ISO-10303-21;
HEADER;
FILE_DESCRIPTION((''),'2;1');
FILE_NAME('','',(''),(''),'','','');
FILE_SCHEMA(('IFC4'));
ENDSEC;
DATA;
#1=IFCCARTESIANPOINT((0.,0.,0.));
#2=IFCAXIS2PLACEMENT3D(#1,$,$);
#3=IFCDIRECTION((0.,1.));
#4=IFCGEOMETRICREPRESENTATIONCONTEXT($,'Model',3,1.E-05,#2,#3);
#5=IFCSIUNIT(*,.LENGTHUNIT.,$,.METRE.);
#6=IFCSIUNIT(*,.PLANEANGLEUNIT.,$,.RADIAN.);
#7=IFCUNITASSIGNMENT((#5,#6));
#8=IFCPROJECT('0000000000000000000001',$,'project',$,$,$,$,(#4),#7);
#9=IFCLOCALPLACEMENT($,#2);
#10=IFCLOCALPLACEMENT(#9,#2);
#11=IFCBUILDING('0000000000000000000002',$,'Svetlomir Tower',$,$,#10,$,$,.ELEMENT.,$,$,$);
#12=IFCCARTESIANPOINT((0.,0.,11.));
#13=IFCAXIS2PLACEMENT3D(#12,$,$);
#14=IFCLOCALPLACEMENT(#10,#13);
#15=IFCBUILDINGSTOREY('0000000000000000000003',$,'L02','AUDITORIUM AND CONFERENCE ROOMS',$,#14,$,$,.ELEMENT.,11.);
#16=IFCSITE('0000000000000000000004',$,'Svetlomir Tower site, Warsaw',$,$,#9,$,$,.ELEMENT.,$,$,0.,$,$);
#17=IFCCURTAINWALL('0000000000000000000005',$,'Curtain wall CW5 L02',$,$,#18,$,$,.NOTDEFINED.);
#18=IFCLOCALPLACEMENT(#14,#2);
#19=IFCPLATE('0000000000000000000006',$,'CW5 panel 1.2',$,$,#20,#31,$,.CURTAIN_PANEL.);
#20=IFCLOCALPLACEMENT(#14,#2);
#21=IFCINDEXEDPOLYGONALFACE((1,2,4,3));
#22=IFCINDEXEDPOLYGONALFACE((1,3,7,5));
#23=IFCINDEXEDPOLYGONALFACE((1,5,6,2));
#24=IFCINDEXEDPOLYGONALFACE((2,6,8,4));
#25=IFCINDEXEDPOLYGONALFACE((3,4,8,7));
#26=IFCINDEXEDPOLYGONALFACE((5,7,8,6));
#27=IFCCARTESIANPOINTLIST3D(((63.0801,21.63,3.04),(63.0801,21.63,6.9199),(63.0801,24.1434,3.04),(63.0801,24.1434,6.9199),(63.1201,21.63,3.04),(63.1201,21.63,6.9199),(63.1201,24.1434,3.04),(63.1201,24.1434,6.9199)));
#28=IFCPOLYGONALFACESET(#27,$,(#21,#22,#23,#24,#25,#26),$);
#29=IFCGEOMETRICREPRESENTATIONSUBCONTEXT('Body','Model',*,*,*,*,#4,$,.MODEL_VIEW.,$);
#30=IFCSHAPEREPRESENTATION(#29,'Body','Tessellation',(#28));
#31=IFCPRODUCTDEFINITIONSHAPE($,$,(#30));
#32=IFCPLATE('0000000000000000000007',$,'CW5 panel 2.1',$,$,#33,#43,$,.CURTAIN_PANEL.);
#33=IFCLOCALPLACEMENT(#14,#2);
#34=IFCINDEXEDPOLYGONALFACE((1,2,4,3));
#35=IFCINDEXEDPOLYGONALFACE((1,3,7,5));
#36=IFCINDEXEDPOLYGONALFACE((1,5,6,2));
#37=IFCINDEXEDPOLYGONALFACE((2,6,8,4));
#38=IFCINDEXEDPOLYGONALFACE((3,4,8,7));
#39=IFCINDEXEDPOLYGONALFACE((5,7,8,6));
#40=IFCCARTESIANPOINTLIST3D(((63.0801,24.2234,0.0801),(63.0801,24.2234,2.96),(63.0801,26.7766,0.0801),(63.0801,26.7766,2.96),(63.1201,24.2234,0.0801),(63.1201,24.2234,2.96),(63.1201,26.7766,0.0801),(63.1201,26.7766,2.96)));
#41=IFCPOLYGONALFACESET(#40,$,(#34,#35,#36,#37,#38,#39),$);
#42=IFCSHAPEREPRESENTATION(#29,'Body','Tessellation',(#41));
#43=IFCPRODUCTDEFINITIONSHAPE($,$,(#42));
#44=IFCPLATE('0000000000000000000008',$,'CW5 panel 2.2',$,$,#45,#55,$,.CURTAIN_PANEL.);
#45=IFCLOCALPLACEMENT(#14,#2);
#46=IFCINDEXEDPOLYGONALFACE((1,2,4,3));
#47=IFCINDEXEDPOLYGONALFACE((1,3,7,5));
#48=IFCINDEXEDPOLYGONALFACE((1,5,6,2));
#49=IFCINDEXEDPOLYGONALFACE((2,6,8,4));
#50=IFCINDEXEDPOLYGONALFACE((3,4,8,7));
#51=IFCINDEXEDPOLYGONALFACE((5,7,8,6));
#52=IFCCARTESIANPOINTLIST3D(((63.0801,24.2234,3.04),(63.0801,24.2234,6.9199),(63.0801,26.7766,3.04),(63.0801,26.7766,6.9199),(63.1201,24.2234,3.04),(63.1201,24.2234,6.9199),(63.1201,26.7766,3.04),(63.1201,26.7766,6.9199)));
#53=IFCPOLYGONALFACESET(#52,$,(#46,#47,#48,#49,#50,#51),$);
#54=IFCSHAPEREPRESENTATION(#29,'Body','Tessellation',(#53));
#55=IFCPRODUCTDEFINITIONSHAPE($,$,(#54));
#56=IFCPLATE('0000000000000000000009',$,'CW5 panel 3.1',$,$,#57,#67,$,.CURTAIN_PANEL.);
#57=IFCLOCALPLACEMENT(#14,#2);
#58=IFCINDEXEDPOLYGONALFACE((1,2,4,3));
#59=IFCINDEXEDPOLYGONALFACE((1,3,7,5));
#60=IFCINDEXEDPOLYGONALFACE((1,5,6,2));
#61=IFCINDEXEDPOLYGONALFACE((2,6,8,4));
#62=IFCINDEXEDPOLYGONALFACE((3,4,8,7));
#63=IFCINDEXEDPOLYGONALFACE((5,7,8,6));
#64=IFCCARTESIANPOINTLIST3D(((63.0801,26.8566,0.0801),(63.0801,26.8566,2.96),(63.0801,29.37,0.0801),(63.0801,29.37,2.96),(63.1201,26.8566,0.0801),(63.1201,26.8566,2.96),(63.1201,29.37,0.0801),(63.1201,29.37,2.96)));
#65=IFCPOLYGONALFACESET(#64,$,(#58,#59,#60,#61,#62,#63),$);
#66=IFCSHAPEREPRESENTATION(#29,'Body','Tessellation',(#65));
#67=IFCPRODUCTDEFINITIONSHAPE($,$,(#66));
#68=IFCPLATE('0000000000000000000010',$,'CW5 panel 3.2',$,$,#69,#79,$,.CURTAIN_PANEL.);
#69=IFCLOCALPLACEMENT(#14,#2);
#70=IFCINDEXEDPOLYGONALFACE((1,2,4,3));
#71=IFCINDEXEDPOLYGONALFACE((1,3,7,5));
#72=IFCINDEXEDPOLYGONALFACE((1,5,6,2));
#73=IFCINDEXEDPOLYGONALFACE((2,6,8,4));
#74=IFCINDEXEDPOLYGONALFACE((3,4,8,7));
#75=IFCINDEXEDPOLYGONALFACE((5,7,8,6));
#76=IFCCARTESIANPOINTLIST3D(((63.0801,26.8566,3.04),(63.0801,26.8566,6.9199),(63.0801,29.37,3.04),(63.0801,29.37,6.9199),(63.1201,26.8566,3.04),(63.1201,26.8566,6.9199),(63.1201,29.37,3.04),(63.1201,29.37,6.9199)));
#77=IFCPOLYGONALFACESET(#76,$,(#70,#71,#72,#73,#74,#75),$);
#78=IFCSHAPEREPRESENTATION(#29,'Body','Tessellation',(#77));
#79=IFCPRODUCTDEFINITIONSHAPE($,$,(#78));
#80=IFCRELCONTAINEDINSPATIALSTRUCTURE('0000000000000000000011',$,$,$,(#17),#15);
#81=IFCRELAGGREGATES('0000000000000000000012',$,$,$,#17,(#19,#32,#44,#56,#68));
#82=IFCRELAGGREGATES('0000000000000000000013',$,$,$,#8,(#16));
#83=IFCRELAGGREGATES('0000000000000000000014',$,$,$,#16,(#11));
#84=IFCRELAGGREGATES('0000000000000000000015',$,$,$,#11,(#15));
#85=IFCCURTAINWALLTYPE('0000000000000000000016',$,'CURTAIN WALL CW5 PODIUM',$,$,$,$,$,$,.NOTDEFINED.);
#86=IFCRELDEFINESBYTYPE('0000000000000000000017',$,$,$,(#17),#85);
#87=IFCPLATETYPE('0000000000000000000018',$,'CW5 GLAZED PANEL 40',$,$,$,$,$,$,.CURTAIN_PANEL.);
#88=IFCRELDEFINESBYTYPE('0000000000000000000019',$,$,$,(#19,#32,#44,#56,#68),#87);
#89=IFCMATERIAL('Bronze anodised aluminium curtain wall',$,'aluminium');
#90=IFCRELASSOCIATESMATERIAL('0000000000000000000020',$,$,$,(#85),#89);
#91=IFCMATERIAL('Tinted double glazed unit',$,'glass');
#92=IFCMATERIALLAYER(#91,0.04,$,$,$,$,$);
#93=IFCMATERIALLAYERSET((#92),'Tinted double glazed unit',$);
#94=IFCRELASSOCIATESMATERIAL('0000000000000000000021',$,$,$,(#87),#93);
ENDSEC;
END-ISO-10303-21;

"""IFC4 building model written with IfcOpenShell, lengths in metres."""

from ifc_helpers import new_model, si_unit, direction, frame, origin, origin_2d, place, context, subcontext, project, spatial, rectangle, extrude, material, layer, layer_set, type_object, element, aggregate, save


model = new_model("IFC4")

# Units and contexts
model_context = context("Model", 3, precision=1e-05, world=origin(), true_north=direction((0.0, 1.0)))
body_context = subcontext(model_context, "Body", "Model", "MODEL_VIEW")
ifc_project = project(units=[si_unit("LENGTHUNIT", "METRE"), si_unit("PLANEANGLEUNIT", "RADIAN")], contexts=[model_context])

# Site, building, storey
site_placement = place(None, origin())
site = spatial("IfcSite", under=ifc_project, at=site_placement, Name="Svetlomir Tower site, Warsaw", CompositionType="ELEMENT", RefElevation=0.0)
building_placement = place(site_placement, origin())
building = spatial("IfcBuilding", under=site, at=building_placement, Name="Svetlomir Tower", CompositionType="ELEMENT")
storey_placement = place(building_placement, frame((0.0, 0.0, 11.0)))
storey = spatial("IfcBuildingStorey", under=building, at=storey_placement, Name="L02", Description="AUDITORIUM AND CONFERENCE ROOMS", CompositionType="ELEMENT", Elevation=11.0)

# Curtain wall
ifc_material_1 = material(Name="Bronze anodised aluminium curtain wall", Category="aluminium")
curtain_wall_type = type_object("IfcCurtainWallType", Name="CURTAIN WALL CW5 PODIUM", PredefinedType="NOTDEFINED", material=ifc_material_1)
curtain_wall_placement = place(storey_placement, origin())
curtain_wall = element("IfcCurtainWall", 1, at=curtain_wall_placement, inside=storey, type_object=curtain_wall_type, Name="Curtain wall CW5 L02", PredefinedType="NOTDEFINED")

# Plates
ifc_material_2 = material(Name="Tinted double glazed unit", Category="glass")
ifc_layer = layer(ifc_material_2, 0.04)
ifc_layer_set = layer_set([ifc_layer], Name="Tinted double glazed unit")
plate_type = type_object("IfcPlateType", Name="CW5 GLAZED PANEL 40", PredefinedType="CURTAIN_PANEL", material=ifc_layer_set)
plate_1_placement = place(storey_placement, frame((63.1001, 22.8867, 3.04), z_axis=(0.0, 0.0, 1.0), x_axis=(0.0, 1.0, 0.0)))
plate_1 = element("IfcPlate", 2, at=plate_1_placement, type_object=plate_type, Name="CW5 panel 1.2", PredefinedType="CURTAIN_PANEL", context=body_context, shape_type="SweptSolid", body=[
    extrude(rectangle(XDim=2.5134, YDim=0.04, at=origin_2d()), origin(), (0.0, 0.0, 1.0), 3.8799),
])
plate_2_placement = place(storey_placement, frame((63.1001, 25.5, 0.0801), z_axis=(0.0, 0.0, 1.0), x_axis=(0.0, 1.0, 0.0)))
plate_2 = element("IfcPlate", 3, at=plate_2_placement, type_object=plate_type, Name="CW5 panel 2.1", PredefinedType="CURTAIN_PANEL", context=body_context, shape_type="SweptSolid", body=[
    extrude(rectangle(XDim=2.5532, YDim=0.04, at=origin_2d()), origin(), (0.0, 0.0, 1.0), 2.8799),
])
plate_3_placement = place(storey_placement, frame((63.1001, 25.5, 3.04), z_axis=(0.0, 0.0, 1.0), x_axis=(0.0, 1.0, 0.0)))
plate_3 = element("IfcPlate", 4, at=plate_3_placement, type_object=plate_type, Name="CW5 panel 2.2", PredefinedType="CURTAIN_PANEL", context=body_context, shape_type="SweptSolid", body=[
    extrude(rectangle(XDim=2.5532, YDim=0.04, at=origin_2d()), origin(), (0.0, 0.0, 1.0), 3.8799),
])
plate_4_placement = place(storey_placement, frame((63.1001, 28.1133, 0.0801), z_axis=(0.0, 0.0, 1.0), x_axis=(0.0, 1.0, 0.0)))
plate_4 = element("IfcPlate", 5, at=plate_4_placement, type_object=plate_type, Name="CW5 panel 3.1", PredefinedType="CURTAIN_PANEL", context=body_context, shape_type="SweptSolid", body=[
    extrude(rectangle(XDim=2.5134, YDim=0.04, at=origin_2d()), origin(), (0.0, 0.0, 1.0), 2.8799),
])
plate_5_placement = place(storey_placement, frame((63.1001, 28.1133, 3.04), z_axis=(0.0, 0.0, 1.0), x_axis=(0.0, 1.0, 0.0)))
plate_5 = element("IfcPlate", 6, at=plate_5_placement, type_object=plate_type, Name="CW5 panel 3.2", PredefinedType="CURTAIN_PANEL", context=body_context, shape_type="SweptSolid", body=[
    extrude(rectangle(XDim=2.5134, YDim=0.04, at=origin_2d()), origin(), (0.0, 0.0, 1.0), 3.8799),
])
aggregate(curtain_wall, [plate_1, plate_2, plate_3, plate_4, plate_5])

save(model, "model.ifc")
